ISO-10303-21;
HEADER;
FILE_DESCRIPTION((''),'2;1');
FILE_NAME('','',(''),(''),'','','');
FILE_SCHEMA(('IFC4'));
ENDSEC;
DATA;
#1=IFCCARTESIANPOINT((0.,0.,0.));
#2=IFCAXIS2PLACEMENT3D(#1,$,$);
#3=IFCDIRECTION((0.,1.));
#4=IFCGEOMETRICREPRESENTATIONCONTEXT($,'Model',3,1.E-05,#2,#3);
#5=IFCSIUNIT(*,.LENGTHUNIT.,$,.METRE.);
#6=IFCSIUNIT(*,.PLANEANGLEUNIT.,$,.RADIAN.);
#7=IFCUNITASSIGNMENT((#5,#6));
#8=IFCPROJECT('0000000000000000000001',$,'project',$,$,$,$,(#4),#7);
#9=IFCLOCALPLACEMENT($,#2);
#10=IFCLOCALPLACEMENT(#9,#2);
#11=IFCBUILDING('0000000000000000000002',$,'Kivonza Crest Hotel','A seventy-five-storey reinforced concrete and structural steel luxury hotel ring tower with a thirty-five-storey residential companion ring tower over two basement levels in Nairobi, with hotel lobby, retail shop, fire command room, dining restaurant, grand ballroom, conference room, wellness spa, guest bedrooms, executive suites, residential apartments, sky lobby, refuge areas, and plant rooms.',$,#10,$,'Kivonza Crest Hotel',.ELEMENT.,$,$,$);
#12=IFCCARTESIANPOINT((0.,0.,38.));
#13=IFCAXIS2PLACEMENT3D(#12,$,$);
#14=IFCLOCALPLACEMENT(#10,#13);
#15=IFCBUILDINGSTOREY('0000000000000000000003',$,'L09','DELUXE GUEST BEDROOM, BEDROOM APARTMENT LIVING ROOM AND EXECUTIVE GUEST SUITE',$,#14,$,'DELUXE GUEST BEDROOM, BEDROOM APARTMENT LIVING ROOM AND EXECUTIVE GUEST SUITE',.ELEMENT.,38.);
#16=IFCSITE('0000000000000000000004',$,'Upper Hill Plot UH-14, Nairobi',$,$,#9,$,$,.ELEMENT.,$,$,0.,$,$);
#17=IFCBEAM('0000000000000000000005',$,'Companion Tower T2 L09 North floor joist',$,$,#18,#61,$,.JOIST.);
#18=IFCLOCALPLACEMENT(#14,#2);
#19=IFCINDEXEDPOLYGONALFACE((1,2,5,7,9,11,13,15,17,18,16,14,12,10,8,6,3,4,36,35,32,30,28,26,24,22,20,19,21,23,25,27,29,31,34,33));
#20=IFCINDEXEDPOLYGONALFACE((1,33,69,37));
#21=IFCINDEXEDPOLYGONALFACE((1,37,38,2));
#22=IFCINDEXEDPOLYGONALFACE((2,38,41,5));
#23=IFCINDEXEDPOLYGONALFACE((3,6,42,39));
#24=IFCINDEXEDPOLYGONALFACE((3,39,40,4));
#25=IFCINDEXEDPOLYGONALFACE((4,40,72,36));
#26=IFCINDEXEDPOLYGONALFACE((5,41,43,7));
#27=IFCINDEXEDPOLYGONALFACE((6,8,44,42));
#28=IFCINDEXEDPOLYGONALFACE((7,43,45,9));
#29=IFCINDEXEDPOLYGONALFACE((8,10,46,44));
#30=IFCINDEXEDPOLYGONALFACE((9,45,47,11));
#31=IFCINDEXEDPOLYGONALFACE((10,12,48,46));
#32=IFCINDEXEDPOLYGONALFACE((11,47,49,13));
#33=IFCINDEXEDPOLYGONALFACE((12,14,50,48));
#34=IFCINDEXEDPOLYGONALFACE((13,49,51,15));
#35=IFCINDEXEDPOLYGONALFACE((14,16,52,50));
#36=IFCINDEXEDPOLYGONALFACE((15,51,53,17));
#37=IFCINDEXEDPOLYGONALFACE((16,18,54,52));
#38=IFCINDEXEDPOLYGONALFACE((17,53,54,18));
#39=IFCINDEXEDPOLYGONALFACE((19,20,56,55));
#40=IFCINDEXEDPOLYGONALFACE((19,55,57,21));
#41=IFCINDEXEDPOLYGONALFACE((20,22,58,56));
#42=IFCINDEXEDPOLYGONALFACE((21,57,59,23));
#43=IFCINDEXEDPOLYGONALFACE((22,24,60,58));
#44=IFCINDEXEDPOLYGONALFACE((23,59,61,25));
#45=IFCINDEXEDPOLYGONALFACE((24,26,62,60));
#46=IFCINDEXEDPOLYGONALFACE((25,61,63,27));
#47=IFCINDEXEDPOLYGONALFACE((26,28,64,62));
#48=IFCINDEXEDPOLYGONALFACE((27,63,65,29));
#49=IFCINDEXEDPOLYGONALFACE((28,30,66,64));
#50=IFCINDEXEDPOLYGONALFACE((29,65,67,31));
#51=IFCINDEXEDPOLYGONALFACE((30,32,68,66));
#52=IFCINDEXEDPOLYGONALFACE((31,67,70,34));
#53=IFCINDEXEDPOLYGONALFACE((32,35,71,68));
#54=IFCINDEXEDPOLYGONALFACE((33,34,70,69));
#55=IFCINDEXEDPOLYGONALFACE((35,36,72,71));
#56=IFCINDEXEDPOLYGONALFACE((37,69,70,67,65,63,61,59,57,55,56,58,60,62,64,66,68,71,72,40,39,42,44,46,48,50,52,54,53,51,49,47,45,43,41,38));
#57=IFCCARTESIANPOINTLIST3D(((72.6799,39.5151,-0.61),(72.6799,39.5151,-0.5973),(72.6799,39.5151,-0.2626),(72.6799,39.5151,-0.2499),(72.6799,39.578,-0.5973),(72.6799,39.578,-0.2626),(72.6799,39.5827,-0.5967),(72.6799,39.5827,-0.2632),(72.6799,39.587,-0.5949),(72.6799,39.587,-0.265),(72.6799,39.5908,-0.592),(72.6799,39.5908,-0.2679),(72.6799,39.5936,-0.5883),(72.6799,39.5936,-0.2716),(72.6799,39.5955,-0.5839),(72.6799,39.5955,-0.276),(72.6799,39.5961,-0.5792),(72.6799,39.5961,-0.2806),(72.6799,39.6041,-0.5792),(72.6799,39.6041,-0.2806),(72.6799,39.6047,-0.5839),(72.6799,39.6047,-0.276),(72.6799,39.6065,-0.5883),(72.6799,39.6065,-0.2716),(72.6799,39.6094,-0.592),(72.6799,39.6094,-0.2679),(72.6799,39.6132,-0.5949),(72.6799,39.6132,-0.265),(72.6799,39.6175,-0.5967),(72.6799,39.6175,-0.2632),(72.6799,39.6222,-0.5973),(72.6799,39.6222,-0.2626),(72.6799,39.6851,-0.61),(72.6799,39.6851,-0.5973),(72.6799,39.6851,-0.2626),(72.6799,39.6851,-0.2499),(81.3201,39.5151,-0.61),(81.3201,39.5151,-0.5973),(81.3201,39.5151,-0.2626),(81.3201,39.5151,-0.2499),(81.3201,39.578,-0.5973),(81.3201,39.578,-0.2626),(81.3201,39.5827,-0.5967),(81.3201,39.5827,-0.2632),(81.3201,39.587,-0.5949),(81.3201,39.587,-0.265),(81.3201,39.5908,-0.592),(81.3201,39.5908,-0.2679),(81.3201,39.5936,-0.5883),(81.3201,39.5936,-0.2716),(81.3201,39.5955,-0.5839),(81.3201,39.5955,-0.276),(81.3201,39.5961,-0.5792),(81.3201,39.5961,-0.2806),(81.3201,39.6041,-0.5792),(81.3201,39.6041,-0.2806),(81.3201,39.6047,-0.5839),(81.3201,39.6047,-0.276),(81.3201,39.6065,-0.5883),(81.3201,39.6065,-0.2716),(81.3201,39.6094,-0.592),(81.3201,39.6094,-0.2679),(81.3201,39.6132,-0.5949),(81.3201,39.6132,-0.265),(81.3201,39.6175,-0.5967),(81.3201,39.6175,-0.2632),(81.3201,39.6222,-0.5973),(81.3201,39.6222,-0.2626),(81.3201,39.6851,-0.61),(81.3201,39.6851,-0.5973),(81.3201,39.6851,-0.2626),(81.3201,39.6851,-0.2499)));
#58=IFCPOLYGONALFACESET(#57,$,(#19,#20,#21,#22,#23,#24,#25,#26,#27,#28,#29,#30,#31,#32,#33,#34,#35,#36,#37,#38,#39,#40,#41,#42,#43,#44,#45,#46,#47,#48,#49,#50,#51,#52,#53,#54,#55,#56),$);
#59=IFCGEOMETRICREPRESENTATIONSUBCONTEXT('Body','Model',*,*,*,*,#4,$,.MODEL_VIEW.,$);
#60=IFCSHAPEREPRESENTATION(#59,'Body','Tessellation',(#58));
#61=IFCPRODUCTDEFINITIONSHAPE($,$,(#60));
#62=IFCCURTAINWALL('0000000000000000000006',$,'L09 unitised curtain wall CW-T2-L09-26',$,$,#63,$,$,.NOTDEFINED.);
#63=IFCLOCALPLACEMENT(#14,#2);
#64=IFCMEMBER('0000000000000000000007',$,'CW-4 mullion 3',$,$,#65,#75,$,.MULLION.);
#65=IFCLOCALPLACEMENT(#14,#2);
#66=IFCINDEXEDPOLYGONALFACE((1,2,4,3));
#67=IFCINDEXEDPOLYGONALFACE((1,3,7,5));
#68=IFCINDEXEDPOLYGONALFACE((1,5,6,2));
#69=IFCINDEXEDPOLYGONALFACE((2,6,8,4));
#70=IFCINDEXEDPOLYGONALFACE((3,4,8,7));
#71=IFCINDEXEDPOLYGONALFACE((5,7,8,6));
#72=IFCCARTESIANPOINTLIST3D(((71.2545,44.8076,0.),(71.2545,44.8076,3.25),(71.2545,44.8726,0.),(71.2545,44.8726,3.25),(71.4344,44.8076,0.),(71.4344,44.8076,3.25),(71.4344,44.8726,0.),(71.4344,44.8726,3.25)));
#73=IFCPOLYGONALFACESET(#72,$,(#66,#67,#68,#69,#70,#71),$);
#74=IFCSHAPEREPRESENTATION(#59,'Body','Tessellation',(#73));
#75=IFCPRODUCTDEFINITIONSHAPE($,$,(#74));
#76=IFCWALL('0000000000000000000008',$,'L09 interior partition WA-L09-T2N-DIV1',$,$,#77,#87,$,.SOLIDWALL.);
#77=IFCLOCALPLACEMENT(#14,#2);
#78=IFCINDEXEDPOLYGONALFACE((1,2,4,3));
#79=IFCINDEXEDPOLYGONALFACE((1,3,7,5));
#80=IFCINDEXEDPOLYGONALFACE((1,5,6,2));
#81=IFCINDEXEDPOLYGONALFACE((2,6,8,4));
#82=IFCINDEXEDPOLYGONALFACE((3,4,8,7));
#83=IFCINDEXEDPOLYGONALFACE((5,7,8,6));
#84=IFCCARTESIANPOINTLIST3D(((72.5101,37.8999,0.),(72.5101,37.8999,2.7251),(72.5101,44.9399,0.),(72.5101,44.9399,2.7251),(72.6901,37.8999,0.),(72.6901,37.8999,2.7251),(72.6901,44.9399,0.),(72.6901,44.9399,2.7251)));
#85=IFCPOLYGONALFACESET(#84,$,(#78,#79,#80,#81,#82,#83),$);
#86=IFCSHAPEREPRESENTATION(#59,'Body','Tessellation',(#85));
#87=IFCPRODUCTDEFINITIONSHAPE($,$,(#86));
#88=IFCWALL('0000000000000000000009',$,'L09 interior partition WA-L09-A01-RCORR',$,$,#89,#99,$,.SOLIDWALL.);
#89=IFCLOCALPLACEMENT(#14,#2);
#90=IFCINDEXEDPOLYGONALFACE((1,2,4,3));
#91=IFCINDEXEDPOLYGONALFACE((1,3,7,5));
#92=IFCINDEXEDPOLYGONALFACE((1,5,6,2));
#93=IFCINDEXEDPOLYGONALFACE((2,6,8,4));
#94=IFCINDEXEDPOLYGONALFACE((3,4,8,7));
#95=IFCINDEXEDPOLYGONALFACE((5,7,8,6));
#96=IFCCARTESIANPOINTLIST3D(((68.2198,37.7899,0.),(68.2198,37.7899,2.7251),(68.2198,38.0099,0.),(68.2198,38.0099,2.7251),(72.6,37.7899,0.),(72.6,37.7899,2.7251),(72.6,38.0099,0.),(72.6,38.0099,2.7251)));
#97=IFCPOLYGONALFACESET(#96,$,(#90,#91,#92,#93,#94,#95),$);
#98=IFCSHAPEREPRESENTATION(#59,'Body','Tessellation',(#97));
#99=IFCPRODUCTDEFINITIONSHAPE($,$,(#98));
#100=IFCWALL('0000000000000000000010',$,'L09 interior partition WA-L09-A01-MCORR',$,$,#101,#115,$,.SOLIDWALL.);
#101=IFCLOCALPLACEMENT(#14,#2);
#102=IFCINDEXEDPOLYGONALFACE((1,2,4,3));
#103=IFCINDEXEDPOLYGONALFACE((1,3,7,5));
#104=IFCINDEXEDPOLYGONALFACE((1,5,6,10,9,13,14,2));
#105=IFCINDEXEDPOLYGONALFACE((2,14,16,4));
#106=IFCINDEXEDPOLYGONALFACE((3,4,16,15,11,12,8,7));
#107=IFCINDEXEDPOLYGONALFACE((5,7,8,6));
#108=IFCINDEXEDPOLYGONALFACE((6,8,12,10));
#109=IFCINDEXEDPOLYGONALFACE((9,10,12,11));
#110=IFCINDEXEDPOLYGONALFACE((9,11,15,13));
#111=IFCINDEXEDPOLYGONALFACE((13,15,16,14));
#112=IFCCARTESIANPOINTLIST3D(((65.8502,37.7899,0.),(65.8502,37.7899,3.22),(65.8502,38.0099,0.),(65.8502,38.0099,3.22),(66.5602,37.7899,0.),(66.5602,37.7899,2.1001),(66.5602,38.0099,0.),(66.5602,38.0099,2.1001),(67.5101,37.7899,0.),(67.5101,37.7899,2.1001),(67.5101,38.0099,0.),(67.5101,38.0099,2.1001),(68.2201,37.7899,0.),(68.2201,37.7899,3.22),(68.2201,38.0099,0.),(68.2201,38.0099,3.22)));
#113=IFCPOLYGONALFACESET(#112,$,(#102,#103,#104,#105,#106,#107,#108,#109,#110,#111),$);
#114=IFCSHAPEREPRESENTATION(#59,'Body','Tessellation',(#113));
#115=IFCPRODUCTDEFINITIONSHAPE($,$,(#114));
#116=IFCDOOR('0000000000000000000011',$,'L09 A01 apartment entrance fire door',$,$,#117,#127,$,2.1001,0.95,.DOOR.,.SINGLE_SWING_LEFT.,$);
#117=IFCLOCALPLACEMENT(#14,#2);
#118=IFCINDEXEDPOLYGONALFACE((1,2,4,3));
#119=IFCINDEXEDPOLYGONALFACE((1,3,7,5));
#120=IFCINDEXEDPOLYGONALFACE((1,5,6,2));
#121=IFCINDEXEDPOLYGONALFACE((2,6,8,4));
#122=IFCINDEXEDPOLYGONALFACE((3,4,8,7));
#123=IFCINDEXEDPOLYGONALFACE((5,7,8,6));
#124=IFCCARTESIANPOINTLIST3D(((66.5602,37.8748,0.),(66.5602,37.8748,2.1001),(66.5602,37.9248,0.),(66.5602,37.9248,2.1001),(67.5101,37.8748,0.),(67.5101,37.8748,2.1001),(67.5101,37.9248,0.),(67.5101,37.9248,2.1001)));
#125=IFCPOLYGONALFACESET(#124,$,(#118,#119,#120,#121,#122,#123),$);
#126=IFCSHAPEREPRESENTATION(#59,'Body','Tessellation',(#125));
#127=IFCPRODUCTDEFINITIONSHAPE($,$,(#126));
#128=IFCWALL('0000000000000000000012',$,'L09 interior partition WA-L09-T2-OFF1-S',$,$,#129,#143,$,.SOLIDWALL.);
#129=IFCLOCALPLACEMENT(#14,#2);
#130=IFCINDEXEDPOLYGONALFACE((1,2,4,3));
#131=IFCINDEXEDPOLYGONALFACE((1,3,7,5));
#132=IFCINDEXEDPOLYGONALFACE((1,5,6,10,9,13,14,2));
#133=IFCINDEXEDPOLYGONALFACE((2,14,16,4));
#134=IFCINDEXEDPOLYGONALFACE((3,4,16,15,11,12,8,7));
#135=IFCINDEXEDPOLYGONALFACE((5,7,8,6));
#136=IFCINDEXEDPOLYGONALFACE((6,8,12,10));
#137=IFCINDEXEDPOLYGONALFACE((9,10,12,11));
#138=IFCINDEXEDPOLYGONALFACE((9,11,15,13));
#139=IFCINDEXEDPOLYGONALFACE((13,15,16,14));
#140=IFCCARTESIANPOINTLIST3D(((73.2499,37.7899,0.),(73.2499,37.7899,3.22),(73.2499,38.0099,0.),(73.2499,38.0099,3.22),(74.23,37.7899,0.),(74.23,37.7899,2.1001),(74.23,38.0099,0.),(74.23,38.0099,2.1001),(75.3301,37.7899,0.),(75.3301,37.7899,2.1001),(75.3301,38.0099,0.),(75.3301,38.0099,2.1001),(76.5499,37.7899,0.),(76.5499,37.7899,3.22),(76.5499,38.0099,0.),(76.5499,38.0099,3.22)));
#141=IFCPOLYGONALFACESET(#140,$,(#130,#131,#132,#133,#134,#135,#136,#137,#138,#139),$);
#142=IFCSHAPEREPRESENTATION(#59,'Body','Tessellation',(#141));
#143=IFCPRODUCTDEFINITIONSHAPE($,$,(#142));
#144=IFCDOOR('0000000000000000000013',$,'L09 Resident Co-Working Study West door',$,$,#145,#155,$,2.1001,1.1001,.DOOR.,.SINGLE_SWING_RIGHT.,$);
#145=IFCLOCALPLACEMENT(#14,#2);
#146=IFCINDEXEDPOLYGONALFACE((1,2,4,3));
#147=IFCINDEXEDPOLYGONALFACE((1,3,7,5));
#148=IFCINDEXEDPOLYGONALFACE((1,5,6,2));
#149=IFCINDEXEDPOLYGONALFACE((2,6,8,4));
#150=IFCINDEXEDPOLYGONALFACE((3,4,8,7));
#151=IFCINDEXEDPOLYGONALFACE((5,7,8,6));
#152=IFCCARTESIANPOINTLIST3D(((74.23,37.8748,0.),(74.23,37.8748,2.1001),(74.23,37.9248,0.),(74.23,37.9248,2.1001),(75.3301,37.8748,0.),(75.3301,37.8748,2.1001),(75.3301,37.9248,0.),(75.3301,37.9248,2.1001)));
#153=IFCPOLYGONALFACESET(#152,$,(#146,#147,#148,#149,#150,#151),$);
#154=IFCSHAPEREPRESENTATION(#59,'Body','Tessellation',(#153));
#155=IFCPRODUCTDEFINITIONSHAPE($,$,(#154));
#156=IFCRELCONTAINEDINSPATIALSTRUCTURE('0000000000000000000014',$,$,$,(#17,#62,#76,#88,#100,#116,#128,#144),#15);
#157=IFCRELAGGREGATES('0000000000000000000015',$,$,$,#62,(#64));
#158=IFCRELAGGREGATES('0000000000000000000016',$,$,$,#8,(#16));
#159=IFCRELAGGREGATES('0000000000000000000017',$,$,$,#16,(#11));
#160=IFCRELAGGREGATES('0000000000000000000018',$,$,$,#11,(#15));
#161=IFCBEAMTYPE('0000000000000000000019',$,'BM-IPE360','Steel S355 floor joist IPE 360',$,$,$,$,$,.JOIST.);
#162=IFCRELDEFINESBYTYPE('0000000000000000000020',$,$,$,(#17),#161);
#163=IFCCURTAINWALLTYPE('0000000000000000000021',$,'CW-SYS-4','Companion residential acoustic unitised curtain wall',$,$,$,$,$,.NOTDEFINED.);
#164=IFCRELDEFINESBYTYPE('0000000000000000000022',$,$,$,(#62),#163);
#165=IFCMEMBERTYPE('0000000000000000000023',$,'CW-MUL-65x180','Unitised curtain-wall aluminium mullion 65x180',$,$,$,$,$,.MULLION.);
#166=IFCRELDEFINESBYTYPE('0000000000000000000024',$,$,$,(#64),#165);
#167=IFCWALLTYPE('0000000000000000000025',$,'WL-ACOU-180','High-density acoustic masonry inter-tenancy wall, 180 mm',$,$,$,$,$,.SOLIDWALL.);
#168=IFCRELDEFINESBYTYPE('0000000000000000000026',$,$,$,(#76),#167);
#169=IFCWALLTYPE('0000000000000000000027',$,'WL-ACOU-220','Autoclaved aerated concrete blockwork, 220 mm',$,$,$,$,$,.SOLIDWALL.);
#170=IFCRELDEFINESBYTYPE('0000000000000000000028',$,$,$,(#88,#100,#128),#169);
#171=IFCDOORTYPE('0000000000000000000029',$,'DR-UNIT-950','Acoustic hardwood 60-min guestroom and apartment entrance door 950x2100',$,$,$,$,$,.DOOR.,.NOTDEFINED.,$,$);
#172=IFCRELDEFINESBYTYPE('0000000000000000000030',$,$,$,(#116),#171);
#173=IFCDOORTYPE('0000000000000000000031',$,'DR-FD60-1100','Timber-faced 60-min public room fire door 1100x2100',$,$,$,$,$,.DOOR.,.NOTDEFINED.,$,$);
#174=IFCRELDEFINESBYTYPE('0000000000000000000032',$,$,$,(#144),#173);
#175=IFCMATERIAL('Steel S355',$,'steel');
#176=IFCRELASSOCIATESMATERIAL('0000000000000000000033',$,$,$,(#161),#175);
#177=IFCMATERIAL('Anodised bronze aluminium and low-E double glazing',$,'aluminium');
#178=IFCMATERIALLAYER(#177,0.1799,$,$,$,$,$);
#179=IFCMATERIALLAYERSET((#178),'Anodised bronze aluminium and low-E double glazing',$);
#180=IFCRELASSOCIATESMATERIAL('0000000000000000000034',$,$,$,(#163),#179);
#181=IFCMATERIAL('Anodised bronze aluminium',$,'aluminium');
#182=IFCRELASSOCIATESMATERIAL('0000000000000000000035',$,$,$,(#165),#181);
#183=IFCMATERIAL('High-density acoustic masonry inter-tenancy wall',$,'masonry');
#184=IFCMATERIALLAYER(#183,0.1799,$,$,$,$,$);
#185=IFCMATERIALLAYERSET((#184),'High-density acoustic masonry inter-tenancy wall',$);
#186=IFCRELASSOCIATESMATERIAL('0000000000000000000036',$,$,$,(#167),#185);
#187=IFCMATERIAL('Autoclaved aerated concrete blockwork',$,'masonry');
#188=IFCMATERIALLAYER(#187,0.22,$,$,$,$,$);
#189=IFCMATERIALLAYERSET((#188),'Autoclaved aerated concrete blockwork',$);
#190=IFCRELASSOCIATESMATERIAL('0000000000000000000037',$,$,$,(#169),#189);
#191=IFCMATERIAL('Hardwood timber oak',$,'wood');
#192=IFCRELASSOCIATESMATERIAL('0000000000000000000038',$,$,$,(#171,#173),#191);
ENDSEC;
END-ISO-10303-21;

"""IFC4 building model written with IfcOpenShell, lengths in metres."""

from ifc_helpers import new_model, si_unit, direction, frame, frame_2d, origin, origin_2d, place, context, subcontext, project, spatial, rectangle, i_section, extrude, material, layer, layer_set, material_profile, profile_set, type_object, element, fill, aggregate, save


model = new_model("IFC4")

# Units and contexts
model_context = context("Model", 3, precision=1e-05, world=origin(), true_north=direction((0.0, 1.0)))
body_context = subcontext(model_context, "Body", "Model", "MODEL_VIEW")
ifc_project = project(units=[si_unit("LENGTHUNIT", "METRE"), si_unit("PLANEANGLEUNIT", "RADIAN")], contexts=[model_context])

# Site, building, storey
site_placement = place(None, origin())
site = spatial("IfcSite", under=ifc_project, at=site_placement, Name="Upper Hill Plot UH-14, Nairobi", CompositionType="ELEMENT", RefElevation=0.0)
building_placement = place(site_placement, origin())
building = spatial("IfcBuilding", under=site, at=building_placement, Name="Kivonza Crest Hotel", Description="A seventy-five-storey reinforced concrete and structural steel luxury hotel ring tower with a thirty-five-storey residential companion ring tower over two basement levels in Nairobi, with hotel lobby, retail shop, fire command room, dining restaurant, grand ballroom, conference room, wellness spa, guest bedrooms, executive suites, residential apartments, sky lobby, refuge areas, and plant rooms.", LongName="Kivonza Crest Hotel", CompositionType="ELEMENT")
storey_placement = place(building_placement, frame((0.0, 0.0, 38.0)))
storey = spatial("IfcBuildingStorey", under=building, at=storey_placement, Name="L09", Description="DELUXE GUEST BEDROOM, BEDROOM APARTMENT LIVING ROOM AND EXECUTIVE GUEST SUITE", LongName="DELUXE GUEST BEDROOM, BEDROOM APARTMENT LIVING ROOM AND EXECUTIVE GUEST SUITE", CompositionType="ELEMENT", Elevation=38.0)

# Beam
ifc_material_1 = material(Name="Steel S355", Category="steel")
ifc_material_profile_1 = material_profile(ifc_material_1, i_section(OverallWidth=0.1699, OverallDepth=0.3601, WebThickness=0.0081, FlangeThickness=0.0127, FilletRadius=0.0181, at=origin_2d()), Name="IPE 360")
ifc_profile_set_1 = profile_set([ifc_material_profile_1], Name="Steel S355")
beam_type_1 = type_object("IfcBeamType", Name="BM-IPE360", Description="Steel S355 floor joist IPE 360", PredefinedType="JOIST", material=ifc_profile_set_1)
beam_1_placement = place(storey_placement, frame((72.6799, 39.6001, -0.4299), z_axis=(1.0, 0.0, 0.0), x_axis=(0.0, 1.0, 0.0)))
element("IfcBeam", 1, at=beam_1_placement, inside=storey, type_object=beam_type_1, Name="Companion Tower T2 L09 North floor joist", PredefinedType="JOIST", context=body_context, shape_type="SweptSolid", body=[
    extrude(i_section(OverallWidth=0.1699, OverallDepth=0.3601, WebThickness=0.0081, FlangeThickness=0.0127, FilletRadius=0.0181, at=origin_2d()), origin(), (0.0, 0.0, 1.0), 8.6401),
])

# Curtain wall, member
ifc_material_2 = material(Name="Anodised bronze aluminium and low-E double glazing", Category="aluminium")
ifc_layer_1 = layer(ifc_material_2, 0.1799)
ifc_layer_set_1 = layer_set([ifc_layer_1], Name="Anodised bronze aluminium and low-E double glazing")
curtain_wall_type = type_object("IfcCurtainWallType", Name="CW-SYS-4", Description="Companion residential acoustic unitised curtain wall", PredefinedType="NOTDEFINED", material=ifc_layer_set_1)
curtain_wall_placement = place(storey_placement, origin())
curtain_wall = element("IfcCurtainWall", 2, at=curtain_wall_placement, inside=storey, type_object=curtain_wall_type, Name="L09 unitised curtain wall CW-T2-L09-26", PredefinedType="NOTDEFINED")
ifc_material_3 = material(Name="Anodised bronze aluminium", Category="aluminium")
ifc_material_profile_2 = material_profile(ifc_material_3, rectangle(XDim=0.0649, YDim=0.1799, at=origin_2d()), Name="CW-M 65x180")
ifc_profile_set_2 = profile_set([ifc_material_profile_2], Name="Anodised bronze aluminium")
member_type = type_object("IfcMemberType", Name="CW-MUL-65x180", Description="Unitised curtain-wall aluminium mullion 65x180", PredefinedType="MULLION", material=ifc_profile_set_2)
member_placement = place(storey_placement, frame((71.3445, 44.8401, 0.0), z_axis=(0.0, 0.0, 1.0), x_axis=(0.0, -1.0, 0.0)))
member = element("IfcMember", 3, at=member_placement, type_object=member_type, Name="CW-4 mullion 3", PredefinedType="MULLION", context=body_context, shape_type="SweptSolid", body=[
    extrude(rectangle(XDim=0.0649, YDim=0.1799, at=origin_2d()), origin(), (0.0, 0.0, 1.0), 3.25),
])
aggregate(curtain_wall, [member])

# Walls
ifc_material_4 = material(Name="High-density acoustic masonry inter-tenancy wall", Category="masonry")
ifc_layer_2 = layer(ifc_material_4, 0.1799)
ifc_layer_set_2 = layer_set([ifc_layer_2], Name="High-density acoustic masonry inter-tenancy wall")
wall_type_1 = type_object("IfcWallType", Name="WL-ACOU-180", Description="High-density acoustic masonry inter-tenancy wall, 180 mm", PredefinedType="SOLIDWALL", material=ifc_layer_set_2)
wall_1_placement = place(storey_placement, frame((72.6001, 37.8999, 0.0), z_axis=(0.0, 0.0, 1.0), x_axis=(0.0, 1.0, 0.0)))
element("IfcWall", 4, at=wall_1_placement, inside=storey, type_object=wall_type_1, Name="L09 interior partition WA-L09-T2N-DIV1", PredefinedType="SOLIDWALL", context=body_context, shape_type="SweptSolid", body=[
    extrude(rectangle(XDim=7.04, YDim=0.1799, at=frame_2d((3.52, 0.0))), origin(), (0.0, 0.0, 1.0), 2.7251),
])
ifc_material_5 = material(Name="Autoclaved aerated concrete blockwork", Category="masonry")
ifc_layer_3 = layer(ifc_material_5, 0.22)
ifc_layer_set_3 = layer_set([ifc_layer_3], Name="Autoclaved aerated concrete blockwork")
wall_type_2 = type_object("IfcWallType", Name="WL-ACOU-220", Description="Autoclaved aerated concrete blockwork, 220 mm", PredefinedType="SOLIDWALL", material=ifc_layer_set_3)
wall_2_placement = place(storey_placement, frame((68.22, 37.8999, 0.0), z_axis=(0.0, 0.0, 1.0), x_axis=(1.0, 0.0, 0.0)))
element("IfcWall", 5, at=wall_2_placement, inside=storey, type_object=wall_type_2, Name="L09 interior partition WA-L09-A01-RCORR", PredefinedType="SOLIDWALL", context=body_context, shape_type="SweptSolid", body=[
    extrude(rectangle(XDim=4.3801, YDim=0.22, at=frame_2d((2.1899, 0.0))), origin(), (0.0, 0.0, 1.0), 2.7251),
])

# Walls, openings, doors
wall_3_placement = place(storey_placement, frame((65.8501, 37.8999, 0.0), z_axis=(0.0, 0.0, 1.0), x_axis=(1.0, 0.0, 0.0)))
wall_3 = element("IfcWall", 6, at=wall_3_placement, inside=storey, type_object=wall_type_2, Name="L09 interior partition WA-L09-A01-MCORR", PredefinedType="SOLIDWALL", context=body_context, shape_type="SweptSolid", body=[
    extrude(rectangle(XDim=2.3699, YDim=0.22, at=frame_2d((1.1851, 0.0))), origin(), (0.0, 0.0, 1.0), 3.22),
])
opening_1_placement = place(wall_3_placement, frame((0.71, 0.0, 0.0)))
opening_1 = element("IfcOpeningElement", 7, at=opening_1_placement, cuts=wall_3, PredefinedType="OPENING", context=body_context, shape_type="SweptSolid", body=[
    extrude(rectangle(XDim=0.95, YDim=2.1001, at=frame_2d((0.4751, 1.05))), frame((0.0, 0.1201, 0.0), z_axis=(0.0, -1.0, 0.0), x_axis=(1.0, 0.0, 0.0)), (0.0, 0.0, 1.0), 0.24),
])
ifc_material_6 = material(Name="Hardwood timber oak", Category="wood")
door_type_1 = type_object("IfcDoorType", Name="DR-UNIT-950", Description="Acoustic hardwood 60-min guestroom and apartment entrance door 950x2100", OperationType="NOTDEFINED", PredefinedType="DOOR", material=ifc_material_6)
door_1_placement = place(opening_1_placement, origin())
door_1 = element("IfcDoor", 8, at=door_1_placement, inside=storey, type_object=door_type_1, Name="L09 A01 apartment entrance fire door", OperationType="SINGLE_SWING_LEFT", OverallHeight=2.1001, OverallWidth=0.95, PredefinedType="DOOR", context=body_context, shape_type="SweptSolid", body=[
    extrude(rectangle(XDim=0.95, YDim=2.1001, at=frame_2d((0.4751, 1.05))), frame((0.0, 0.0249, 0.0), z_axis=(0.0, -1.0, 0.0), x_axis=(1.0, 0.0, 0.0)), (0.0, 0.0, 1.0), 0.05),
])
fill(opening_1, door_1)
wall_4_placement = place(storey_placement, frame((73.25, 37.8999, 0.0), z_axis=(0.0, 0.0, 1.0), x_axis=(1.0, 0.0, 0.0)))
wall_4 = element("IfcWall", 9, at=wall_4_placement, inside=storey, type_object=wall_type_2, Name="L09 interior partition WA-L09-T2-OFF1-S", PredefinedType="SOLIDWALL", context=body_context, shape_type="SweptSolid", body=[
    extrude(rectangle(XDim=3.3, YDim=0.22, at=frame_2d((1.6499, 0.0))), origin(), (0.0, 0.0, 1.0), 3.22),
])
opening_2_placement = place(wall_4_placement, frame((0.98, 0.0, 0.0)))
opening_2 = element("IfcOpeningElement", 10, at=opening_2_placement, cuts=wall_4, PredefinedType="OPENING", context=body_context, shape_type="SweptSolid", body=[
    extrude(rectangle(XDim=1.1001, YDim=2.1001, at=frame_2d((0.55, 1.05))), frame((0.0, 0.1201, 0.0), z_axis=(0.0, -1.0, 0.0), x_axis=(1.0, 0.0, 0.0)), (0.0, 0.0, 1.0), 0.24),
])
door_type_2 = type_object("IfcDoorType", Name="DR-FD60-1100", Description="Timber-faced 60-min public room fire door 1100x2100", OperationType="NOTDEFINED", PredefinedType="DOOR", material=ifc_material_6)
door_2_placement = place(opening_2_placement, origin())
door_2 = element("IfcDoor", 11, at=door_2_placement, inside=storey, type_object=door_type_2, Name="L09 Resident Co-Working Study West door", OperationType="SINGLE_SWING_RIGHT", OverallHeight=2.1001, OverallWidth=1.1001, PredefinedType="DOOR", context=body_context, shape_type="SweptSolid", body=[
    extrude(rectangle(XDim=1.1001, YDim=2.1001, at=frame_2d((0.55, 1.05))), frame((0.0, 0.0249, 0.0), z_axis=(0.0, -1.0, 0.0), x_axis=(1.0, 0.0, 0.0)), (0.0, 0.0, 1.0), 0.05),
])
fill(opening_2, door_2)

save(model, "model.ifc")
